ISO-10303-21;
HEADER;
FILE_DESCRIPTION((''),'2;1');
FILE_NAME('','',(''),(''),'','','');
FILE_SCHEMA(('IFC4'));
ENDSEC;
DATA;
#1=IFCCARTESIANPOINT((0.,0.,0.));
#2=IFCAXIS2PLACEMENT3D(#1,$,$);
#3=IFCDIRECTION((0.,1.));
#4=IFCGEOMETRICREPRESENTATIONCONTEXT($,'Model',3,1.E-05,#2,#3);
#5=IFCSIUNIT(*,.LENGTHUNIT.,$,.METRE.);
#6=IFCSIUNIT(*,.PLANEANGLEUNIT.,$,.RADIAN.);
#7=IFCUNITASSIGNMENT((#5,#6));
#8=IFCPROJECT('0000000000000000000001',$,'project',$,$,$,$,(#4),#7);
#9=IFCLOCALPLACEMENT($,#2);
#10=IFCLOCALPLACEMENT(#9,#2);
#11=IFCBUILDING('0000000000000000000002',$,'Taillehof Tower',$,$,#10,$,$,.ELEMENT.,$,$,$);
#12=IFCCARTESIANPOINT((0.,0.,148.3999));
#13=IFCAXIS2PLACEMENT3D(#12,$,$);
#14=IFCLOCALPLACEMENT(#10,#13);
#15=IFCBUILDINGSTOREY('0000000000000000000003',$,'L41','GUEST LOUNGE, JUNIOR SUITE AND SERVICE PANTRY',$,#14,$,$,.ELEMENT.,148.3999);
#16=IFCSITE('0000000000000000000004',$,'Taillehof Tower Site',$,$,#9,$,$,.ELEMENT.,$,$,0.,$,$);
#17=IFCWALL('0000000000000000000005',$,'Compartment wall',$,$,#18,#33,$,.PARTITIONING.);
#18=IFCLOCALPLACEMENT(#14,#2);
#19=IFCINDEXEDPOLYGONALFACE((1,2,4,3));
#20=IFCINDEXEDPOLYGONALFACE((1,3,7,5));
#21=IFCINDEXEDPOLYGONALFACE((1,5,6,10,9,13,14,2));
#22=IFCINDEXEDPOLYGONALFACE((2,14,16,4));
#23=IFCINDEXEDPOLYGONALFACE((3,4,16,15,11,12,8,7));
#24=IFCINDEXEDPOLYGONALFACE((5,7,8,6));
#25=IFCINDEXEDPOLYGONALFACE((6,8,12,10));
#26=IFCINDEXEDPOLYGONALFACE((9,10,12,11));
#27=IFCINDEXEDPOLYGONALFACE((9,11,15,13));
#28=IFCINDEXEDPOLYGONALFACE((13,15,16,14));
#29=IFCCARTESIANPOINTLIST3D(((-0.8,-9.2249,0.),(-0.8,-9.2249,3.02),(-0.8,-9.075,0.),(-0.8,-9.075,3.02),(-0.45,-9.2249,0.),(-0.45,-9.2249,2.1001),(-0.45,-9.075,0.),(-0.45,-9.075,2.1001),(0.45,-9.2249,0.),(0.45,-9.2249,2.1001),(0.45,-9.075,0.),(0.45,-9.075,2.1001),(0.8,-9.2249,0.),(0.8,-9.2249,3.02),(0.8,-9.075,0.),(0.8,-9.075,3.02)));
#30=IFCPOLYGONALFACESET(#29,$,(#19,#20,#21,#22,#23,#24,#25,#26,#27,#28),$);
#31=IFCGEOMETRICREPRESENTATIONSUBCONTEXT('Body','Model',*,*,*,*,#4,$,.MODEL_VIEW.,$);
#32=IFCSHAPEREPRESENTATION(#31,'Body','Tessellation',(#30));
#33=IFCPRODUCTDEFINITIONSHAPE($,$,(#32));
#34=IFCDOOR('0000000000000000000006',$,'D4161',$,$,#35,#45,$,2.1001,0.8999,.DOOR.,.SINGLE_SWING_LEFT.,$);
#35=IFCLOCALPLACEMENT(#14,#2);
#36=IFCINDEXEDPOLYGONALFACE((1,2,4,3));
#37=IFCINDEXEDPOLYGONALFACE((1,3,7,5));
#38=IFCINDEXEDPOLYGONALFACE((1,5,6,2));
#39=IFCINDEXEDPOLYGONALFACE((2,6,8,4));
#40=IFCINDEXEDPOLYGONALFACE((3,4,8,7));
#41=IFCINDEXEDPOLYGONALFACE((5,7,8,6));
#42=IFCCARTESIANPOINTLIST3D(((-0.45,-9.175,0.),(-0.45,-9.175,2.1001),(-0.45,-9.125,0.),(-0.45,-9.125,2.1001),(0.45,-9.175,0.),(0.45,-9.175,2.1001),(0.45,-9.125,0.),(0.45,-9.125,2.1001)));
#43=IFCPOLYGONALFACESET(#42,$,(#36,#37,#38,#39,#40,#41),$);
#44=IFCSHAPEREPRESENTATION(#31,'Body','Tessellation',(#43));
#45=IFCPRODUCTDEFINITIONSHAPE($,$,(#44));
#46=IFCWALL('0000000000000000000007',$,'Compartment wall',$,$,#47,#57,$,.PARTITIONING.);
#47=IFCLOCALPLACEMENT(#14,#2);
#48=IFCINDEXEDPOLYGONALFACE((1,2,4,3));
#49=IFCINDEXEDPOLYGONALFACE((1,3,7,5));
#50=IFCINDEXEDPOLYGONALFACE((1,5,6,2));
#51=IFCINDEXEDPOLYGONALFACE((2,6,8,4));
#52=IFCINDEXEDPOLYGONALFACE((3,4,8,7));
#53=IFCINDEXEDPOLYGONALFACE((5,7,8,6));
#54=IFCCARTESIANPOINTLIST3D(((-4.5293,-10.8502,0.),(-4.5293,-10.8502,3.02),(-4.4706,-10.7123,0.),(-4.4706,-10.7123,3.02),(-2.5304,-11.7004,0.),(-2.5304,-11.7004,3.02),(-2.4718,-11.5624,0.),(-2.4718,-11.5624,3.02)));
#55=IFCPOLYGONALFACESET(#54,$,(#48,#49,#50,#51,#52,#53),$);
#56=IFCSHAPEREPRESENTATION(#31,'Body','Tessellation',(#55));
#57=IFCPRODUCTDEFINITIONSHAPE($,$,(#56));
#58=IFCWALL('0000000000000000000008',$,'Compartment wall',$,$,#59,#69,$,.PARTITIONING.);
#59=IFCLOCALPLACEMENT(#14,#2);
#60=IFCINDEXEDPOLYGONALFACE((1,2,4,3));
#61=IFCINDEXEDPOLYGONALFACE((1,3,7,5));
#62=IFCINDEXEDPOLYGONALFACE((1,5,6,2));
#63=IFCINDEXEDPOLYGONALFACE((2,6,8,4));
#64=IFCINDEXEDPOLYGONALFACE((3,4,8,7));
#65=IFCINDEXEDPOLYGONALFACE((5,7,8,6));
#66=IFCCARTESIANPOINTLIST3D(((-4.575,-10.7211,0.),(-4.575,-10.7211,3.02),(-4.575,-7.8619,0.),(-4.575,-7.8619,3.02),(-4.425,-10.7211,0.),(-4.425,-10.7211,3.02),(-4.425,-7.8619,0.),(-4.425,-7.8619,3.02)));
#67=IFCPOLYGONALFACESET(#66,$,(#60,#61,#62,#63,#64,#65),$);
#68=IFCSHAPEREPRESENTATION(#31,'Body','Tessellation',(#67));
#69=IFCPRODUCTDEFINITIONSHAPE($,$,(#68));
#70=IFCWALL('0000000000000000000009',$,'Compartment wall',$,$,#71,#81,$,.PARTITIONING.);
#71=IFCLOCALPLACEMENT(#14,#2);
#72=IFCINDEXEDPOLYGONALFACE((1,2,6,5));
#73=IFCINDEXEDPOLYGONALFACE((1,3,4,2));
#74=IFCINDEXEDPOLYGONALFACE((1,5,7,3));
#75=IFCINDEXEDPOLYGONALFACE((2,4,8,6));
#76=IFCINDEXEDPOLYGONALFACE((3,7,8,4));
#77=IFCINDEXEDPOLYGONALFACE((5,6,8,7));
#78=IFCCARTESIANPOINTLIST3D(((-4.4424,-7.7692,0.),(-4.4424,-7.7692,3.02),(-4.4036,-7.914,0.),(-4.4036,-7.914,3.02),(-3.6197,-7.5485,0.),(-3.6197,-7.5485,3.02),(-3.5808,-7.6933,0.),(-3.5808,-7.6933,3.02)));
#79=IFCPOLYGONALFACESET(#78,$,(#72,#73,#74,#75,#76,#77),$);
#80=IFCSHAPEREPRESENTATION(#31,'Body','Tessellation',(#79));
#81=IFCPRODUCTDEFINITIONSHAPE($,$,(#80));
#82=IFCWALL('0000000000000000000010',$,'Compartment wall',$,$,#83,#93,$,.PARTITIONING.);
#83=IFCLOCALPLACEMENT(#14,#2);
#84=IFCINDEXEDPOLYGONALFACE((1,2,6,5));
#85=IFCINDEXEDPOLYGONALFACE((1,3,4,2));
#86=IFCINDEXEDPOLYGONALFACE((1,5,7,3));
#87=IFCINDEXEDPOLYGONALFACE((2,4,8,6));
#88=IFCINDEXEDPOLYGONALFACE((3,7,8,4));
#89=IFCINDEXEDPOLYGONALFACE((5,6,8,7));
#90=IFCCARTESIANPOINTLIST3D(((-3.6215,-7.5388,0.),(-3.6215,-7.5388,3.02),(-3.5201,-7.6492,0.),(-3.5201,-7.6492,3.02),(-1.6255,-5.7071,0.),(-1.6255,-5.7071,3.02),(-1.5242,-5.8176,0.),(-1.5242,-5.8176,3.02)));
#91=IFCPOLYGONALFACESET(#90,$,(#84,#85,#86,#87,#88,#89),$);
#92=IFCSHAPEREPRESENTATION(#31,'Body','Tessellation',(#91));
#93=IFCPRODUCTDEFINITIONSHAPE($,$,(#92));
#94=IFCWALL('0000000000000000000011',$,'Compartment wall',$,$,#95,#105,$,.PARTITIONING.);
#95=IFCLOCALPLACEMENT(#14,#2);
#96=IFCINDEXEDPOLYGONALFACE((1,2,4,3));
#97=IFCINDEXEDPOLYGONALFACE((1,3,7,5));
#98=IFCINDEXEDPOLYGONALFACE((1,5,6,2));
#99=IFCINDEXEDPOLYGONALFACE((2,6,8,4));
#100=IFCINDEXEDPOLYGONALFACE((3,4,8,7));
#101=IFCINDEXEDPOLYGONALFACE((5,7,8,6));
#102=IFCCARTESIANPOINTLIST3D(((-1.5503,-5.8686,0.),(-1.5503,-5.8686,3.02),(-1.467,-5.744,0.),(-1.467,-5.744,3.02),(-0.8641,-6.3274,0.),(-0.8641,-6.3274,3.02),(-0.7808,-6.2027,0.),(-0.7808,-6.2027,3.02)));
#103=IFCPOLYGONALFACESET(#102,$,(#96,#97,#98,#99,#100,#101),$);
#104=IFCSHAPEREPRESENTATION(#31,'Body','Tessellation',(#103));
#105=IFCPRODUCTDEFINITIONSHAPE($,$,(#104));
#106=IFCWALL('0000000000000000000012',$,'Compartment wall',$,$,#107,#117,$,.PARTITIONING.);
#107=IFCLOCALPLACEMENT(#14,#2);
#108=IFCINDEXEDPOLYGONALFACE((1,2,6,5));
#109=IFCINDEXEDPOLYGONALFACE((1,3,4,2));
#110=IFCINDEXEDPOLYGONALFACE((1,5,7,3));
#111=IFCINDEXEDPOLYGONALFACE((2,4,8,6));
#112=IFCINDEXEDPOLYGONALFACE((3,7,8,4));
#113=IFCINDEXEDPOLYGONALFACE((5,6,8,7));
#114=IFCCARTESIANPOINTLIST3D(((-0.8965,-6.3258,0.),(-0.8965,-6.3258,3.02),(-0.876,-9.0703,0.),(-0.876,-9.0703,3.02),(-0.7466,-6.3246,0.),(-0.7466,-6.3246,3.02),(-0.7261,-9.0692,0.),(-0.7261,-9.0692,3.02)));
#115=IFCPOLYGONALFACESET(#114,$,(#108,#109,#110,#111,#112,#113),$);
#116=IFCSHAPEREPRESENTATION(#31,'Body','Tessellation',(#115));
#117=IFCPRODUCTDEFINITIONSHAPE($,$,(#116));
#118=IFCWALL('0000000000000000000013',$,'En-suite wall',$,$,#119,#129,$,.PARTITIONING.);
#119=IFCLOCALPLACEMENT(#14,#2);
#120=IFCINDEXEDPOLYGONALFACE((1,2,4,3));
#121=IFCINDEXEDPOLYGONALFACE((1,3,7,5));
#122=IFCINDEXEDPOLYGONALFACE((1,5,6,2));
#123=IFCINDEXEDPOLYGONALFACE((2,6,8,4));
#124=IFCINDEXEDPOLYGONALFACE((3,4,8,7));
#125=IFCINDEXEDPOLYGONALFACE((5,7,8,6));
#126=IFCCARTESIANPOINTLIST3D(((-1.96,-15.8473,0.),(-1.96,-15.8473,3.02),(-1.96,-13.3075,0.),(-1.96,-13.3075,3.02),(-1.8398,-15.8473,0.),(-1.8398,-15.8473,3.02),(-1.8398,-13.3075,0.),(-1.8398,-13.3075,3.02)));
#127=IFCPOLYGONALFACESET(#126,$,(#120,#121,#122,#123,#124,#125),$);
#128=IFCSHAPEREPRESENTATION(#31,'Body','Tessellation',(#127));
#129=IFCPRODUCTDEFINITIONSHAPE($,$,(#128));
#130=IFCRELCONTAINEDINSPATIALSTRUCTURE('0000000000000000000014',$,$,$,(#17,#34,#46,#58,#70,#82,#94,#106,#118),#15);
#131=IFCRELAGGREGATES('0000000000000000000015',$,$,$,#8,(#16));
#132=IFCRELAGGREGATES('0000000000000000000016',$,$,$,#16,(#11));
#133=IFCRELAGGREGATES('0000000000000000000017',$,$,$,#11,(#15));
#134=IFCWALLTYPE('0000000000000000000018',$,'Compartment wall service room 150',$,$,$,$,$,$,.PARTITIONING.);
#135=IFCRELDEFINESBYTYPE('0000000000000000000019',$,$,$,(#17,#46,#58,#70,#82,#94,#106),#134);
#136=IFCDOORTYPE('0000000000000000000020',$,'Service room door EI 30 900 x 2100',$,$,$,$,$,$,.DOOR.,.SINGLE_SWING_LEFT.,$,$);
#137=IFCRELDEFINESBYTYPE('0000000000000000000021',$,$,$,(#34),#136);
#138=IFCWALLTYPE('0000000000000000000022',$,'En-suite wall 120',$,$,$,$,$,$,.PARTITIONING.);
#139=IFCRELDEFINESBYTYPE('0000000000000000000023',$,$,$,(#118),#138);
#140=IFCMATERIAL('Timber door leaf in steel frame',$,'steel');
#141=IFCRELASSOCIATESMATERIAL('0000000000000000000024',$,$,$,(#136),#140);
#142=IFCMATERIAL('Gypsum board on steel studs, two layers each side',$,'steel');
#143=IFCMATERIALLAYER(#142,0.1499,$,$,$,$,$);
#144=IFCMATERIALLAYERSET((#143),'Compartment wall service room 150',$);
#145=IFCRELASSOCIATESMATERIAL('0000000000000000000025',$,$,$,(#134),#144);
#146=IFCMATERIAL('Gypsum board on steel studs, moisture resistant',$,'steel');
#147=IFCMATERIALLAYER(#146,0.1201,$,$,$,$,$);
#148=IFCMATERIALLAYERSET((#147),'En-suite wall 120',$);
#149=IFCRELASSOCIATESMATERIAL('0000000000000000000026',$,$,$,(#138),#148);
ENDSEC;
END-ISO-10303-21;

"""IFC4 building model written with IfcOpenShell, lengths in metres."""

from ifc_helpers import new_model, si_unit, direction, frame, frame_2d, origin, place, context, subcontext, project, spatial, rectangle, extrude, material, layer, layer_set, type_object, element, fill, save


model = new_model("IFC4")

# Units and contexts
model_context = context("Model", 3, precision=1e-05, world=origin(), true_north=direction((0.0, 1.0)))
body_context = subcontext(model_context, "Body", "Model", "MODEL_VIEW")
ifc_project = project(units=[si_unit("LENGTHUNIT", "METRE"), si_unit("PLANEANGLEUNIT", "RADIAN")], contexts=[model_context])

# Site, building, storey
site_placement = place(None, origin())
site = spatial("IfcSite", under=ifc_project, at=site_placement, Name="Taillehof Tower Site", CompositionType="ELEMENT", RefElevation=0.0)
building_placement = place(site_placement, origin())
building = spatial("IfcBuilding", under=site, at=building_placement, Name="Taillehof Tower", CompositionType="ELEMENT")
storey_placement = place(building_placement, frame((0.0, 0.0, 148.3999)))
storey = spatial("IfcBuildingStorey", under=building, at=storey_placement, Name="L41", Description="GUEST LOUNGE, JUNIOR SUITE AND SERVICE PANTRY", CompositionType="ELEMENT", Elevation=148.3999)

# Shared definitions
ifc_material_1 = material(Name="Timber door leaf in steel frame", Category="steel")
door_type_1 = type_object("IfcDoorType", Name="Service room door EI 30 900 x 2100", OperationType="SINGLE_SWING_LEFT", PredefinedType="DOOR", material=ifc_material_1)

# Wall, opening, door
ifc_material_2 = material(Name="Gypsum board on steel studs, two layers each side", Category="steel")
ifc_layer_1 = layer(ifc_material_2, 0.1499)
ifc_layer_set_1 = layer_set([ifc_layer_1], Name="Compartment wall service room 150")
wall_type_1 = type_object("IfcWallType", Name="Compartment wall service room 150", PredefinedType="PARTITIONING", material=ifc_layer_set_1)
wall_1_placement = place(storey_placement, frame((-0.8, -9.1499, 0.0), z_axis=(0.0, 0.0, 1.0), x_axis=(1.0, 0.0, 0.0)))
wall_1 = element("IfcWall", 1, at=wall_1_placement, inside=storey, type_object=wall_type_1, Name="Compartment wall", PredefinedType="PARTITIONING", context=body_context, shape_type="SweptSolid", body=[
    extrude(rectangle(XDim=1.6001, YDim=0.1499, at=frame_2d((0.8, 0.0))), origin(), (0.0, 0.0, 1.0), 3.02),
])
opening_1_placement = place(wall_1_placement, frame((0.3501, 0.0, 0.0)))
opening_1 = element("IfcOpeningElement", 2, at=opening_1_placement, cuts=wall_1, PredefinedType="OPENING", context=body_context, shape_type="SweptSolid", body=[
    extrude(rectangle(XDim=0.8999, YDim=2.1001, at=frame_2d((0.45, 1.05))), frame((0.0, 0.085, 0.0), z_axis=(0.0, -1.0, 0.0), x_axis=(1.0, 0.0, 0.0)), (0.0, 0.0, 1.0), 0.1699),
])
door_1_placement = place(opening_1_placement, origin())
door_1 = element("IfcDoor", 3, at=door_1_placement, inside=storey, type_object=door_type_1, Name="D4161", OperationType="SINGLE_SWING_LEFT", OverallHeight=2.1001, OverallWidth=0.8999, PredefinedType="DOOR", context=body_context, shape_type="SweptSolid", body=[
    extrude(rectangle(XDim=0.8999, YDim=2.1001, at=frame_2d((0.45, 1.05))), frame((0.0, 0.0249, 0.0), z_axis=(0.0, -1.0, 0.0), x_axis=(1.0, 0.0, 0.0)), (0.0, 0.0, 1.0), 0.05),
])
fill(opening_1, door_1)

# Walls
wall_2_placement = place(storey_placement, frame((-2.5012, -11.6313, 0.0), z_axis=(0.0, 0.0, 1.0), x_axis=(-0.920229, 0.391381, 0.0)))
element("IfcWall", 4, at=wall_2_placement, inside=storey, type_object=wall_type_1, Name="Compartment wall", PredefinedType="PARTITIONING", context=body_context, shape_type="SweptSolid", body=[
    extrude(rectangle(XDim=2.1721, YDim=0.1499, at=frame_2d((1.0859, 0.0))), origin(), (0.0, 0.0, 1.0), 3.02),
])
wall_3_placement = place(storey_placement, frame((-4.5, -10.7212, 0.0), z_axis=(0.0, 0.0, 1.0), x_axis=(0.0, 1.0, 0.0)))
element("IfcWall", 5, at=wall_3_placement, inside=storey, type_object=wall_type_1, Name="Compartment wall", PredefinedType="PARTITIONING", context=body_context, shape_type="SweptSolid", body=[
    extrude(rectangle(XDim=2.8591, YDim=0.1499, at=frame_2d((1.4297, 0.0))), origin(), (0.0, 0.0, 1.0), 3.02),
])
wall_4_placement = place(storey_placement, frame((-4.4229, -7.8416, 0.0), z_axis=(0.0, 0.0, 1.0), x_axis=(0.965853, 0.259089, 0.0)))
element("IfcWall", 6, at=wall_4_placement, inside=storey, type_object=wall_type_1, Name="Compartment wall", PredefinedType="PARTITIONING", context=body_context, shape_type="SweptSolid", body=[
    extrude(rectangle(XDim=0.8518, YDim=0.1499, at=frame_2d((0.4258, 0.0))), origin(), (0.0, 0.0, 1.0), 3.02),
])
wall_5_placement = place(storey_placement, frame((-3.5708, -7.594, 0.0), z_axis=(0.0, 0.0, 1.0), x_axis=(0.736784, 0.676129, 0.0)))
element("IfcWall", 7, at=wall_5_placement, inside=storey, type_object=wall_type_1, Name="Compartment wall", PredefinedType="PARTITIONING", context=body_context, shape_type="SweptSolid", body=[
    extrude(rectangle(XDim=2.709, YDim=0.1499, at=frame_2d((1.3545, 0.0))), origin(), (0.0, 0.0, 1.0), 3.02),
])
wall_6_placement = place(storey_placement, frame((-1.5085, -5.8064, 0.0), z_axis=(0.0, 0.0, 1.0), x_axis=(0.831367, -0.555724, 0.0)))
element("IfcWall", 8, at=wall_6_placement, inside=storey, type_object=wall_type_1, Name="Compartment wall", PredefinedType="PARTITIONING", context=body_context, shape_type="SweptSolid", body=[
    extrude(rectangle(XDim=0.8254, YDim=0.1499, at=frame_2d((0.4126, 0.0))), origin(), (0.0, 0.0, 1.0), 3.02),
])
wall_7_placement = place(storey_placement, frame((-0.8215, -6.3252, 0.0), z_axis=(0.0, 0.0, 1.0), x_axis=(0.007472, -0.999972, 0.0)))
element("IfcWall", 9, at=wall_7_placement, inside=storey, type_object=wall_type_1, Name="Compartment wall", PredefinedType="PARTITIONING", context=body_context, shape_type="SweptSolid", body=[
    extrude(rectangle(XDim=2.7446, YDim=0.1499, at=frame_2d((1.3723, 0.0))), origin(), (0.0, 0.0, 1.0), 3.02),
])
ifc_material_3 = material(Name="Gypsum board on steel studs, moisture resistant", Category="steel")
ifc_layer_2 = layer(ifc_material_3, 0.1201)
ifc_layer_set_2 = layer_set([ifc_layer_2], Name="En-suite wall 120")
wall_type_2 = type_object("IfcWallType", Name="En-suite wall 120", PredefinedType="PARTITIONING", material=ifc_layer_set_2)
wall_8_placement = place(storey_placement, frame((-1.8999, -13.3074, 0.0), z_axis=(0.0, 0.0, 1.0), x_axis=(0.0, -1.0, 0.0)))
element("IfcWall", 10, at=wall_8_placement, inside=storey, type_object=wall_type_2, Name="En-suite wall", PredefinedType="PARTITIONING", context=body_context, shape_type="SweptSolid", body=[
    extrude(rectangle(XDim=2.5398, YDim=0.1201, at=frame_2d((1.27, 0.0))), origin(), (0.0, 0.0, 1.0), 3.02),
])

save(model, "model.ifc")
